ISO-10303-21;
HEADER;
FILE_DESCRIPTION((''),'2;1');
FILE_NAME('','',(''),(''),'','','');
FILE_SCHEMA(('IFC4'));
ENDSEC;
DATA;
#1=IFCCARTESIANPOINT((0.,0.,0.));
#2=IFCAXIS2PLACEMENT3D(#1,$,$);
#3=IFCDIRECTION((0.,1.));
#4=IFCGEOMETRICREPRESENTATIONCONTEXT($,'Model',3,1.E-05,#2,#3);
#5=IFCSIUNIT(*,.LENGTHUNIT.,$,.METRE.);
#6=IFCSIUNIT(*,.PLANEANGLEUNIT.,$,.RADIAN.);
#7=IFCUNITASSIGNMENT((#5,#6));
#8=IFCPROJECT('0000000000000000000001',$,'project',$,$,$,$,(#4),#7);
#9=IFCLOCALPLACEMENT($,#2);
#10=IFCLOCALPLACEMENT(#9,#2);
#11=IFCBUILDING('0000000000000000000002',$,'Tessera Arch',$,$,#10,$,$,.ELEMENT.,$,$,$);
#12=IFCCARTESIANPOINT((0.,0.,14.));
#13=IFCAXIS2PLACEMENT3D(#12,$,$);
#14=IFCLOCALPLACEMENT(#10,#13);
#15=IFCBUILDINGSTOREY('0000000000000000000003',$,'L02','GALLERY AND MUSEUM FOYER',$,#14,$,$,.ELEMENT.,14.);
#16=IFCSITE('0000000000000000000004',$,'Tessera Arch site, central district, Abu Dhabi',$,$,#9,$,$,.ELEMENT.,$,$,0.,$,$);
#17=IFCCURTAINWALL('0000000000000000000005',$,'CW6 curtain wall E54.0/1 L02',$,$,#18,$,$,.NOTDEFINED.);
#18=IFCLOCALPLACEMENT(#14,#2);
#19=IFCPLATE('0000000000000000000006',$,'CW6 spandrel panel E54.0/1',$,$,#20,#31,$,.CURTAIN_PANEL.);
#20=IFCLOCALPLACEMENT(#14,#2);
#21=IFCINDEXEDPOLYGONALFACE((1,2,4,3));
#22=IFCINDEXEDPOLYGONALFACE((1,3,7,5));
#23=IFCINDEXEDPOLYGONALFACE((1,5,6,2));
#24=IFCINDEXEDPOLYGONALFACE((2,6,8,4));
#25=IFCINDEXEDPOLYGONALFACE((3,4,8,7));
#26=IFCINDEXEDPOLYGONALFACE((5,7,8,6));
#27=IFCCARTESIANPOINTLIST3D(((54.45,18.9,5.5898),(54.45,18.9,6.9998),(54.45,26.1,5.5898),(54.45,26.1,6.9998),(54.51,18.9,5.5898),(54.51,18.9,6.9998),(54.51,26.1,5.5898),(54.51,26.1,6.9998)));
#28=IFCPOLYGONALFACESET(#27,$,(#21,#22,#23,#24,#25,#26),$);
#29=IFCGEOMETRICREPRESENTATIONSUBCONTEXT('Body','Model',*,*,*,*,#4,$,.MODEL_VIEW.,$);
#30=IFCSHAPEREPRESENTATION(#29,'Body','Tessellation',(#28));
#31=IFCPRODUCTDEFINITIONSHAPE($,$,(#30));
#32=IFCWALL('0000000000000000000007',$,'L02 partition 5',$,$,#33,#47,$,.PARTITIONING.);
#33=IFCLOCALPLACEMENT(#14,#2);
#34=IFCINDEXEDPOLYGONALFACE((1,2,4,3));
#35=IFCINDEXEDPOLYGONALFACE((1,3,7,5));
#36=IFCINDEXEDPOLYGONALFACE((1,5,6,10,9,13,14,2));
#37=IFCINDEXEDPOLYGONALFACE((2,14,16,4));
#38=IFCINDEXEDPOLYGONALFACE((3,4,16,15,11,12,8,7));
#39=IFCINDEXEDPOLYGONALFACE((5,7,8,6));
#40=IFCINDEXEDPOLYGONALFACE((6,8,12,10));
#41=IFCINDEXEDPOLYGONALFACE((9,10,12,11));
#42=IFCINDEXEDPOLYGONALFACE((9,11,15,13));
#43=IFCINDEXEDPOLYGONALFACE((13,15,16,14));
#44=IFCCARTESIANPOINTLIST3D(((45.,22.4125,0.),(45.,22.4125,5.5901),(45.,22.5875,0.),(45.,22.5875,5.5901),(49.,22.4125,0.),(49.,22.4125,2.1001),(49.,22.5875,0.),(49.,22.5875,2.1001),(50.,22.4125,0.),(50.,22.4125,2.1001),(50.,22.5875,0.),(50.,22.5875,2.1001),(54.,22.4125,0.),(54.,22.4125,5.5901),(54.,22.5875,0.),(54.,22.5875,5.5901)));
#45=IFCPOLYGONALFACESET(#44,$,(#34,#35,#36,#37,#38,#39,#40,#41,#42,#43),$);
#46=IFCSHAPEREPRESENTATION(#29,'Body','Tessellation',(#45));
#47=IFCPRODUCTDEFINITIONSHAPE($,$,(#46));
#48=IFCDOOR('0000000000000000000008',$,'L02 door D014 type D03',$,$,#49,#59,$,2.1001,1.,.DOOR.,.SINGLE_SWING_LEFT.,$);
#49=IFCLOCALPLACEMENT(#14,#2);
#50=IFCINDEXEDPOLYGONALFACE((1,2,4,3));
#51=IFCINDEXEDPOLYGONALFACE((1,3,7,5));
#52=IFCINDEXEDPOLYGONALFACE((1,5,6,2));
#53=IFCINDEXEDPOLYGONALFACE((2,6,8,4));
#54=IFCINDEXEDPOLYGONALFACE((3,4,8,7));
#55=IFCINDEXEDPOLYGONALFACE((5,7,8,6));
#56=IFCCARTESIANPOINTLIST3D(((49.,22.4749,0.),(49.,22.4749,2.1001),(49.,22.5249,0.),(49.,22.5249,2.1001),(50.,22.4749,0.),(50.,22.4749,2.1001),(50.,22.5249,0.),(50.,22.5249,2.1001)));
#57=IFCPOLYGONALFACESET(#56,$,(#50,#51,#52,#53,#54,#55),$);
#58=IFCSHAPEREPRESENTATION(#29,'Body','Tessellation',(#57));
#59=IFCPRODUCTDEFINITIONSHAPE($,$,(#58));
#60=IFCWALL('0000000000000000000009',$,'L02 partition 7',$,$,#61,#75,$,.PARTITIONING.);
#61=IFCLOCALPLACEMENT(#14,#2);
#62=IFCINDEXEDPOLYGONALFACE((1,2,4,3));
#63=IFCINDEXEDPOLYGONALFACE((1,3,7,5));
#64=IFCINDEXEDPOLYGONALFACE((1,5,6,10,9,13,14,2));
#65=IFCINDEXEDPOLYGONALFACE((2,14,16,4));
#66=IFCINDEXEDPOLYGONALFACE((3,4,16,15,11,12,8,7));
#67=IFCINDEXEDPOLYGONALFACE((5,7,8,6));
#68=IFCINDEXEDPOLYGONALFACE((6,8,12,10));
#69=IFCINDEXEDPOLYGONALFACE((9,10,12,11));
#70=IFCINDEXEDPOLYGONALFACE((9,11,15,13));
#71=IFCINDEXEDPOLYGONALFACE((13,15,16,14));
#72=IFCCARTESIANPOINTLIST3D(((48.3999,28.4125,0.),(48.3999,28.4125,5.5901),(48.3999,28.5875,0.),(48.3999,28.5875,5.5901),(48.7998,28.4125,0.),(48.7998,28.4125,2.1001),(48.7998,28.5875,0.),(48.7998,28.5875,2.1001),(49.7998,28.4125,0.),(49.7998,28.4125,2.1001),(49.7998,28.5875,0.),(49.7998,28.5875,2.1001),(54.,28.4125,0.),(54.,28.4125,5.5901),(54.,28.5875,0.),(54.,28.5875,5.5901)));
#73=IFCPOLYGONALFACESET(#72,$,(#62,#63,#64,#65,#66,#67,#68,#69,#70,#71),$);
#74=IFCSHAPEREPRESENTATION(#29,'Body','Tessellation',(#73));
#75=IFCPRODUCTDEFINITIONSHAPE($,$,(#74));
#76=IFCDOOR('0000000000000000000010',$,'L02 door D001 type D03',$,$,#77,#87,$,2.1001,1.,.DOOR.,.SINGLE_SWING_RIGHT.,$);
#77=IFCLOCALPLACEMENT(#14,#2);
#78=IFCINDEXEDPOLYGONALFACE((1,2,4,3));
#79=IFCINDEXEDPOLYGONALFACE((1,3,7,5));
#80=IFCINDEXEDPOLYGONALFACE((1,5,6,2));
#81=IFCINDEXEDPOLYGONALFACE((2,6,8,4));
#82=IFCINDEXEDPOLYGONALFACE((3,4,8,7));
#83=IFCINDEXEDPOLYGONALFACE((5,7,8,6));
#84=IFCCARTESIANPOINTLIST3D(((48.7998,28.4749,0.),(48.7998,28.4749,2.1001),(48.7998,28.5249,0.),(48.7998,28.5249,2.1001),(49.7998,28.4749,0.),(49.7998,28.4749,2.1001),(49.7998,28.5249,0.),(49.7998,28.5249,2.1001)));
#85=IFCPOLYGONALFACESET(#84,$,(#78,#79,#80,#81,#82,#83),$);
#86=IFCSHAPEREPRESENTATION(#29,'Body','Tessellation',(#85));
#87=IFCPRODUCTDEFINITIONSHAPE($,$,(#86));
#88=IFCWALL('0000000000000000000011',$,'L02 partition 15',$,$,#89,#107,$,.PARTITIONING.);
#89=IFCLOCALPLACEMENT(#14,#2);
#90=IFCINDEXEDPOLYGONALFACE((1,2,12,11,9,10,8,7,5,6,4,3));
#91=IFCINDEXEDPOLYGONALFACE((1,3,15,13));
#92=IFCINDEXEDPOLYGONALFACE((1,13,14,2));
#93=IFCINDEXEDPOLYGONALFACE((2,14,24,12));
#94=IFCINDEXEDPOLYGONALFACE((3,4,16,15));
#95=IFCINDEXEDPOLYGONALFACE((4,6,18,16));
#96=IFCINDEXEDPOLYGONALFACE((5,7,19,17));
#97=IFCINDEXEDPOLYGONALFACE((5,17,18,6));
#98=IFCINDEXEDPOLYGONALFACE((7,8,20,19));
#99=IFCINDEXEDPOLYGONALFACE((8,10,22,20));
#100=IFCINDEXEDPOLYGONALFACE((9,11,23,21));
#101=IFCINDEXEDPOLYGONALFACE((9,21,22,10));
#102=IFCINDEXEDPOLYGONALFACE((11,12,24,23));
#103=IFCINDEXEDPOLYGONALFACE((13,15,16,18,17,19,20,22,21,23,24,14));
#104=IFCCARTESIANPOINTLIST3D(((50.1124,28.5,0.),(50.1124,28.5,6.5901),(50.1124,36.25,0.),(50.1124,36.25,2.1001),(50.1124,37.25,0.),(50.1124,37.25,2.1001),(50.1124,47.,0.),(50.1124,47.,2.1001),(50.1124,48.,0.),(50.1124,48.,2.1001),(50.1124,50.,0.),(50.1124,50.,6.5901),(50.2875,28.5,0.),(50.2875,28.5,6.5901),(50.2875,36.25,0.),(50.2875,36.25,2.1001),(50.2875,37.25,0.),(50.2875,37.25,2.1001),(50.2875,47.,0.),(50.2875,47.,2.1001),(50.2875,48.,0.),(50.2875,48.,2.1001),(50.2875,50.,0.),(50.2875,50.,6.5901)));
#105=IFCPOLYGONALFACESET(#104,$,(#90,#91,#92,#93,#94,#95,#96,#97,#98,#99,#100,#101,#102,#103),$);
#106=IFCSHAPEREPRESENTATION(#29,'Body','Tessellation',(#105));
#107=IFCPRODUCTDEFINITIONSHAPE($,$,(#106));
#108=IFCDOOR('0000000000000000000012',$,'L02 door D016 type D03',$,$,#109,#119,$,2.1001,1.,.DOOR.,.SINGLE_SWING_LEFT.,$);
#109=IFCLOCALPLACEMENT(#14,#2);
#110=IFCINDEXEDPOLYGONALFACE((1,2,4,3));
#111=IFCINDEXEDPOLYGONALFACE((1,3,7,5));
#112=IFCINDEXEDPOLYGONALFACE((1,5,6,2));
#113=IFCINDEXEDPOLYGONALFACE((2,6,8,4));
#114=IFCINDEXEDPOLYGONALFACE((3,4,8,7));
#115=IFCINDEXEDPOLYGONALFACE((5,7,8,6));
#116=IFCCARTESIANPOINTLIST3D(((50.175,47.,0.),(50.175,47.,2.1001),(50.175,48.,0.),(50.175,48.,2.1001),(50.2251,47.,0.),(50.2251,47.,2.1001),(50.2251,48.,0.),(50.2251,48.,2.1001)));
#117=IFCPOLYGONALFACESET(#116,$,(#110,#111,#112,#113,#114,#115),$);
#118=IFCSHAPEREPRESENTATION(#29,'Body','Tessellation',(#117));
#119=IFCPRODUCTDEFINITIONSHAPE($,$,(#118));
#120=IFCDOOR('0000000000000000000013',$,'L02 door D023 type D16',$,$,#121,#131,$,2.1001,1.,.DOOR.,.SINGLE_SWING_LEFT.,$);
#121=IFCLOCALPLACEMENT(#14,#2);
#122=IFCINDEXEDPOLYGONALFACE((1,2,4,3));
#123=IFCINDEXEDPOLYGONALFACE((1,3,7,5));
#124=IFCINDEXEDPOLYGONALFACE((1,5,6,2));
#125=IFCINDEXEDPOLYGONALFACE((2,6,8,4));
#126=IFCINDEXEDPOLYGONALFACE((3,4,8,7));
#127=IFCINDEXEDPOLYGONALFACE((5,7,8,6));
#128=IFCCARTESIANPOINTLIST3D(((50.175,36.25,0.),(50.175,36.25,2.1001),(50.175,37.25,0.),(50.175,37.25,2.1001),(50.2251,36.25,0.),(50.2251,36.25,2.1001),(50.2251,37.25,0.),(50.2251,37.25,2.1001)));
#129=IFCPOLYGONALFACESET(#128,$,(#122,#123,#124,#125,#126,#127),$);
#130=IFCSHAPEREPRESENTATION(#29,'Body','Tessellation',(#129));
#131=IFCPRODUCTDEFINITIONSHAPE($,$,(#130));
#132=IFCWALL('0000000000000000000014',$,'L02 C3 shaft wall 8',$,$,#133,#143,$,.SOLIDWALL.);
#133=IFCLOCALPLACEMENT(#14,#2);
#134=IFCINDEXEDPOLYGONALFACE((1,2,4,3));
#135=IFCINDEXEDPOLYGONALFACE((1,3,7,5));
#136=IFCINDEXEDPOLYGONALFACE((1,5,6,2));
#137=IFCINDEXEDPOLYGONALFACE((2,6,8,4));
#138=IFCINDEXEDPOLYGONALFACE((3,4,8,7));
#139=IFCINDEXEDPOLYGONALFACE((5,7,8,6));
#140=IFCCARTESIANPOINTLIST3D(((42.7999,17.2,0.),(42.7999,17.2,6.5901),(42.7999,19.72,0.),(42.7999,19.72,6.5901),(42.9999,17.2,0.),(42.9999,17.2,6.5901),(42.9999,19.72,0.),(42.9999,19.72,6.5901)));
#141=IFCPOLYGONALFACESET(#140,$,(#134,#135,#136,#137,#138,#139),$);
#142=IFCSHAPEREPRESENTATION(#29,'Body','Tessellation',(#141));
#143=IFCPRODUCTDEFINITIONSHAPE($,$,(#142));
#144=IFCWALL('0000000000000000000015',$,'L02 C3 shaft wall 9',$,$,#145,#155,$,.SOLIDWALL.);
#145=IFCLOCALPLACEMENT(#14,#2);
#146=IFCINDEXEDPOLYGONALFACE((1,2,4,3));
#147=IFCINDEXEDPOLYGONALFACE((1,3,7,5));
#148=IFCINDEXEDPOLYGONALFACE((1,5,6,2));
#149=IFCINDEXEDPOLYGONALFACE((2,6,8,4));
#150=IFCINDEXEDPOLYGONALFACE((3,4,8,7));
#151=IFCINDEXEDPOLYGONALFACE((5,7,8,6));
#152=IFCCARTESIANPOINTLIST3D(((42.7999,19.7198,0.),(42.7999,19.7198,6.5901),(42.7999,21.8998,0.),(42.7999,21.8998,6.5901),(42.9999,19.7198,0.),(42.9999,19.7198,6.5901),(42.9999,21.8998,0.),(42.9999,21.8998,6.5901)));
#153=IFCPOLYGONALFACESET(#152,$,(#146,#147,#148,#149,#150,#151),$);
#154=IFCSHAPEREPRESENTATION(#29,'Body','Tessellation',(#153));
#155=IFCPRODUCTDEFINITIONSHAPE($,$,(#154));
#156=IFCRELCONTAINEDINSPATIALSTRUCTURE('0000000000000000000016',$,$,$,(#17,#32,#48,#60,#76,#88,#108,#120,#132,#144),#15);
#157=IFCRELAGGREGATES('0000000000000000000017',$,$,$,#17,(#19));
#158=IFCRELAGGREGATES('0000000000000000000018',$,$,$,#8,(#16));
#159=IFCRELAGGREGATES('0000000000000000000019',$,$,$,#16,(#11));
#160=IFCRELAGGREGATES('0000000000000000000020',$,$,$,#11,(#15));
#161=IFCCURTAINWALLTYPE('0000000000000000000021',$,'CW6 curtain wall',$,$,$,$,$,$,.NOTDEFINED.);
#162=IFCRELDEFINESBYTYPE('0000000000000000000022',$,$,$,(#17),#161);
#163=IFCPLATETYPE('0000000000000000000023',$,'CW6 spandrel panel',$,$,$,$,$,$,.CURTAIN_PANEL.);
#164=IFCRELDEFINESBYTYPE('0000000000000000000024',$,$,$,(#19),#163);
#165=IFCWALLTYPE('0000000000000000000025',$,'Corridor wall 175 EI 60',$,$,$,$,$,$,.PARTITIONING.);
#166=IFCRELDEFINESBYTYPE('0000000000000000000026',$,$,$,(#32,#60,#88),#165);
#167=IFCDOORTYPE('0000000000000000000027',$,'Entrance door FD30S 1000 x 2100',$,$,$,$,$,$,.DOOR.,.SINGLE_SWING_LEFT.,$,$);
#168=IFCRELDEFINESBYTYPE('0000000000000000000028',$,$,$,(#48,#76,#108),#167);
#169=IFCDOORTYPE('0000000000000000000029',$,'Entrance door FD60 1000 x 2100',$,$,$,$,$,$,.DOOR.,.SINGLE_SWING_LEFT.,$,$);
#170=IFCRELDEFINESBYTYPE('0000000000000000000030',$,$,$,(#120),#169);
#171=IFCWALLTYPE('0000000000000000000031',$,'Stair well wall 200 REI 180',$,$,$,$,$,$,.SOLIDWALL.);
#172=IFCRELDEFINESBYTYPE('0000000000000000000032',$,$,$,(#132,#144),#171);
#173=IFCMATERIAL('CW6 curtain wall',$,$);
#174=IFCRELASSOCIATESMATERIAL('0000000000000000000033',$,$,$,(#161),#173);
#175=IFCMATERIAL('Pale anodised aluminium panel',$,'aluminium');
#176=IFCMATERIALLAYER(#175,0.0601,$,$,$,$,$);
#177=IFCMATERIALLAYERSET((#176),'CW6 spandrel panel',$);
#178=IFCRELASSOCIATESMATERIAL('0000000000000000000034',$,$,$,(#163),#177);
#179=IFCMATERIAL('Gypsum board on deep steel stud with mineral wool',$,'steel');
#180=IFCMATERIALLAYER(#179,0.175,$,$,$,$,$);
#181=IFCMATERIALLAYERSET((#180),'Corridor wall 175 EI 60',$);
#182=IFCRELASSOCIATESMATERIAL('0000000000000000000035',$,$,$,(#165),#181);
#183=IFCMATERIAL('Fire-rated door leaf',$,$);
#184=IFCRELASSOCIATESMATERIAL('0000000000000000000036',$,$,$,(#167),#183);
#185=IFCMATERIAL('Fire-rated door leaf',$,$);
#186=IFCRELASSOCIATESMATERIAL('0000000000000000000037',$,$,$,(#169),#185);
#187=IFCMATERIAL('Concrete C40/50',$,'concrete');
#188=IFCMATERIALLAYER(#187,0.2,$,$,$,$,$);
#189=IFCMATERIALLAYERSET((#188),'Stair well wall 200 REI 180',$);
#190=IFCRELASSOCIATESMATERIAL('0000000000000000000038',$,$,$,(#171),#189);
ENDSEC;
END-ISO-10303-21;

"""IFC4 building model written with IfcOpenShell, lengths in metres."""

from ifc_helpers import new_model, si_unit, direction, frame, frame_2d, origin, origin_2d, place, context, subcontext, project, spatial, rectangle, extrude, material, layer, layer_set, type_object, element, fill, aggregate, save


model = new_model("IFC4")

# Units and contexts
model_context = context("Model", 3, precision=1e-05, world=origin(), true_north=direction((0.0, 1.0)))
body_context = subcontext(model_context, "Body", "Model", "MODEL_VIEW")
ifc_project = project(units=[si_unit("LENGTHUNIT", "METRE"), si_unit("PLANEANGLEUNIT", "RADIAN")], contexts=[model_context])

# Site, building, storey
site_placement = place(None, origin())
site = spatial("IfcSite", under=ifc_project, at=site_placement, Name="Tessera Arch site, central district, Abu Dhabi", CompositionType="ELEMENT", RefElevation=0.0)
building_placement = place(site_placement, origin())
building = spatial("IfcBuilding", under=site, at=building_placement, Name="Tessera Arch", CompositionType="ELEMENT")
storey_placement = place(building_placement, frame((0.0, 0.0, 14.0)))
storey = spatial("IfcBuildingStorey", under=building, at=storey_placement, Name="L02", Description="GALLERY AND MUSEUM FOYER", CompositionType="ELEMENT", Elevation=14.0)

# Curtain wall
ifc_material_1 = material(Name="CW6 curtain wall")
curtain_wall_type = type_object("IfcCurtainWallType", Name="CW6 curtain wall", PredefinedType="NOTDEFINED", material=ifc_material_1)
curtain_wall_1_placement = place(storey_placement, origin())
curtain_wall_1 = element("IfcCurtainWall", 1, at=curtain_wall_1_placement, inside=storey, type_object=curtain_wall_type, Name="CW6 curtain wall E54.0/1 L02", PredefinedType="NOTDEFINED")

# Plate
ifc_material_2 = material(Name="Pale anodised aluminium panel", Category="aluminium")
ifc_layer_1 = layer(ifc_material_2, 0.0601)
ifc_layer_set_1 = layer_set([ifc_layer_1], Name="CW6 spandrel panel")
plate_type_1 = type_object("IfcPlateType", Name="CW6 spandrel panel", PredefinedType="CURTAIN_PANEL", material=ifc_layer_set_1)
plate_1_placement = place(storey_placement, frame((54.48, 22.5, 5.5898), z_axis=(0.0, 0.0, 1.0), x_axis=(0.0, 1.0, 0.0)))
plate_1 = element("IfcPlate", 2, at=plate_1_placement, type_object=plate_type_1, Name="CW6 spandrel panel E54.0/1", PredefinedType="CURTAIN_PANEL", context=body_context, shape_type="SweptSolid", body=[
    extrude(rectangle(XDim=7.2, YDim=0.0601, at=origin_2d()), origin(), (0.0, 0.0, 1.0), 1.4099),
])
aggregate(curtain_wall_1, [plate_1])

# Walls, openings, doors
ifc_material_3 = material(Name="Gypsum board on deep steel stud with mineral wool", Category="steel")
ifc_layer_2 = layer(ifc_material_3, 0.175)
ifc_layer_set_2 = layer_set([ifc_layer_2], Name="Corridor wall 175 EI 60")
wall_type_1 = type_object("IfcWallType", Name="Corridor wall 175 EI 60", PredefinedType="PARTITIONING", material=ifc_layer_set_2)
wall_1_placement = place(storey_placement, frame((45.0, 22.5, 0.0), z_axis=(0.0, 0.0, 1.0), x_axis=(1.0, 0.0, 0.0)))
wall_1 = element("IfcWall", 3, at=wall_1_placement, inside=storey, type_object=wall_type_1, Name="L02 partition 5", PredefinedType="PARTITIONING", context=body_context, shape_type="SweptSolid", body=[
    extrude(rectangle(XDim=9.0, YDim=0.175, at=frame_2d((4.5, 0.0))), origin(), (0.0, 0.0, 1.0), 5.5901),
])
opening_1_placement = place(wall_1_placement, frame((4.0, 0.0, 0.0)))
opening_1 = element("IfcOpeningElement", 4, at=opening_1_placement, cuts=wall_1, PredefinedType="OPENING", context=body_context, shape_type="SweptSolid", body=[
    extrude(rectangle(XDim=1.0, YDim=2.1001, at=frame_2d((0.5, 1.05))), frame((0.0, 0.0974, 0.0), z_axis=(0.0, -1.0, 0.0), x_axis=(1.0, 0.0, 0.0)), (0.0, 0.0, 1.0), 0.1951),
])
ifc_material_4 = material(Name="Fire-rated door leaf")
door_type_1 = type_object("IfcDoorType", Name="Entrance door FD30S 1000 x 2100", OperationType="SINGLE_SWING_LEFT", PredefinedType="DOOR", material=ifc_material_4)
door_1_placement = place(opening_1_placement, origin())
door_1 = element("IfcDoor", 5, at=door_1_placement, inside=storey, type_object=door_type_1, Name="L02 door D014 type D03", OperationType="SINGLE_SWING_LEFT", OverallHeight=2.1001, OverallWidth=1.0, PredefinedType="DOOR", context=body_context, shape_type="SweptSolid", body=[
    extrude(rectangle(XDim=1.0, YDim=2.1001, at=frame_2d((0.5, 1.05))), frame((0.0, 0.0249, 0.0), z_axis=(0.0, -1.0, 0.0), x_axis=(1.0, 0.0, 0.0)), (0.0, 0.0, 1.0), 0.05),
])
fill(opening_1, door_1)
wall_2_placement = place(storey_placement, frame((48.3999, 28.5, 0.0), z_axis=(0.0, 0.0, 1.0), x_axis=(1.0, 0.0, 0.0)))
wall_2 = element("IfcWall", 6, at=wall_2_placement, inside=storey, type_object=wall_type_1, Name="L02 partition 7", PredefinedType="PARTITIONING", context=body_context, shape_type="SweptSolid", body=[
    extrude(rectangle(XDim=5.6001, YDim=0.175, at=frame_2d((2.8, 0.0))), origin(), (0.0, 0.0, 1.0), 5.5901),
])
opening_2_placement = place(wall_2_placement, frame((0.3999, 0.0, 0.0)))
opening_2 = element("IfcOpeningElement", 7, at=opening_2_placement, cuts=wall_2, PredefinedType="OPENING", context=body_context, shape_type="SweptSolid", body=[
    extrude(rectangle(XDim=1.0, YDim=2.1001, at=frame_2d((0.5, 1.05))), frame((0.0, 0.0974, 0.0), z_axis=(0.0, -1.0, 0.0), x_axis=(1.0, 0.0, 0.0)), (0.0, 0.0, 1.0), 0.1951),
])
door_2_placement = place(opening_2_placement, origin())
door_2 = element("IfcDoor", 8, at=door_2_placement, inside=storey, type_object=door_type_1, Name="L02 door D001 type D03", OperationType="SINGLE_SWING_RIGHT", OverallHeight=2.1001, OverallWidth=1.0, PredefinedType="DOOR", context=body_context, shape_type="SweptSolid", body=[
    extrude(rectangle(XDim=1.0, YDim=2.1001, at=frame_2d((0.5, 1.05))), frame((0.0, 0.0249, 0.0), z_axis=(0.0, -1.0, 0.0), x_axis=(1.0, 0.0, 0.0)), (0.0, 0.0, 1.0), 0.05),
])
fill(opening_2, door_2)

# Wall, openings, doors
wall_3_placement = place(storey_placement, frame((50.2, 28.5, 0.0), z_axis=(0.0, 0.0, 1.0), x_axis=(0.0, 1.0, 0.0)))
wall_3 = element("IfcWall", 9, at=wall_3_placement, inside=storey, type_object=wall_type_1, Name="L02 partition 15", PredefinedType="PARTITIONING", context=body_context, shape_type="SweptSolid", body=[
    extrude(rectangle(XDim=21.5, YDim=0.175, at=frame_2d((10.75, 0.0))), origin(), (0.0, 0.0, 1.0), 6.5901),
])
opening_3_placement = place(wall_3_placement, frame((18.5, 0.0, 0.0)))
opening_3 = element("IfcOpeningElement", 10, at=opening_3_placement, cuts=wall_3, PredefinedType="OPENING", context=body_context, shape_type="SweptSolid", body=[
    extrude(rectangle(XDim=1.0, YDim=2.1001, at=frame_2d((0.5, 1.05))), frame((0.0, 0.0974, 0.0), z_axis=(0.0, -1.0, 0.0), x_axis=(1.0, 0.0, 0.0)), (0.0, 0.0, 1.0), 0.1951),
])
opening_4_placement = place(wall_3_placement, frame((7.75, 0.0, 0.0)))
opening_4 = element("IfcOpeningElement", 11, at=opening_4_placement, cuts=wall_3, PredefinedType="OPENING", context=body_context, shape_type="SweptSolid", body=[
    extrude(rectangle(XDim=1.0, YDim=2.1001, at=frame_2d((0.5, 1.05))), frame((0.0, 0.0974, 0.0), z_axis=(0.0, -1.0, 0.0), x_axis=(1.0, 0.0, 0.0)), (0.0, 0.0, 1.0), 0.1951),
])
door_3_placement = place(opening_3_placement, origin())
door_3 = element("IfcDoor", 12, at=door_3_placement, inside=storey, type_object=door_type_1, Name="L02 door D016 type D03", OperationType="SINGLE_SWING_LEFT", OverallHeight=2.1001, OverallWidth=1.0, PredefinedType="DOOR", context=body_context, shape_type="SweptSolid", body=[
    extrude(rectangle(XDim=1.0, YDim=2.1001, at=frame_2d((0.5, 1.05))), frame((0.0, 0.0249, 0.0), z_axis=(0.0, -1.0, 0.0), x_axis=(1.0, 0.0, 0.0)), (0.0, 0.0, 1.0), 0.05),
])
fill(opening_3, door_3)
ifc_material_5 = material(Name="Fire-rated door leaf")
door_type_2 = type_object("IfcDoorType", Name="Entrance door FD60 1000 x 2100", OperationType="SINGLE_SWING_LEFT", PredefinedType="DOOR", material=ifc_material_5)
door_4_placement = place(opening_4_placement, origin())
door_4 = element("IfcDoor", 13, at=door_4_placement, inside=storey, type_object=door_type_2, Name="L02 door D023 type D16", OperationType="SINGLE_SWING_LEFT", OverallHeight=2.1001, OverallWidth=1.0, PredefinedType="DOOR", context=body_context, shape_type="SweptSolid", body=[
    extrude(rectangle(XDim=1.0, YDim=2.1001, at=frame_2d((0.5, 1.05))), frame((0.0, 0.0249, 0.0), z_axis=(0.0, -1.0, 0.0), x_axis=(1.0, 0.0, 0.0)), (0.0, 0.0, 1.0), 0.05),
])
fill(opening_4, door_4)

# Walls
ifc_material_6 = material(Name="Concrete C40/50", Category="concrete")
ifc_layer_3 = layer(ifc_material_6, 0.2)
ifc_layer_set_3 = layer_set([ifc_layer_3], Name="Stair well wall 200 REI 180")
wall_type_2 = type_object("IfcWallType", Name="Stair well wall 200 REI 180", PredefinedType="SOLIDWALL", material=ifc_layer_set_3)
wall_4_placement = place(storey_placement, frame((42.8999, 17.2, 0.0), z_axis=(0.0, 0.0, 1.0), x_axis=(0.0, 1.0, 0.0)))
element("IfcWall", 14, at=wall_4_placement, inside=storey, type_object=wall_type_2, Name="L02 C3 shaft wall 8", PredefinedType="SOLIDWALL", context=body_context, shape_type="SweptSolid", body=[
    extrude(rectangle(XDim=2.52, YDim=0.2, at=frame_2d((1.26, 0.0))), origin(), (0.0, 0.0, 1.0), 6.5901),
])
wall_5_placement = place(storey_placement, frame((42.8999, 19.72, 0.0), z_axis=(0.0, 0.0, 1.0), x_axis=(0.0, 1.0, 0.0)))
element("IfcWall", 15, at=wall_5_placement, inside=storey, type_object=wall_type_2, Name="L02 C3 shaft wall 9", PredefinedType="SOLIDWALL", context=body_context, shape_type="SweptSolid", body=[
    extrude(rectangle(XDim=2.1799, YDim=0.2, at=frame_2d((1.0898, 0.0))), origin(), (0.0, 0.0, 1.0), 6.5901),
])

save(model, "model.ifc")
